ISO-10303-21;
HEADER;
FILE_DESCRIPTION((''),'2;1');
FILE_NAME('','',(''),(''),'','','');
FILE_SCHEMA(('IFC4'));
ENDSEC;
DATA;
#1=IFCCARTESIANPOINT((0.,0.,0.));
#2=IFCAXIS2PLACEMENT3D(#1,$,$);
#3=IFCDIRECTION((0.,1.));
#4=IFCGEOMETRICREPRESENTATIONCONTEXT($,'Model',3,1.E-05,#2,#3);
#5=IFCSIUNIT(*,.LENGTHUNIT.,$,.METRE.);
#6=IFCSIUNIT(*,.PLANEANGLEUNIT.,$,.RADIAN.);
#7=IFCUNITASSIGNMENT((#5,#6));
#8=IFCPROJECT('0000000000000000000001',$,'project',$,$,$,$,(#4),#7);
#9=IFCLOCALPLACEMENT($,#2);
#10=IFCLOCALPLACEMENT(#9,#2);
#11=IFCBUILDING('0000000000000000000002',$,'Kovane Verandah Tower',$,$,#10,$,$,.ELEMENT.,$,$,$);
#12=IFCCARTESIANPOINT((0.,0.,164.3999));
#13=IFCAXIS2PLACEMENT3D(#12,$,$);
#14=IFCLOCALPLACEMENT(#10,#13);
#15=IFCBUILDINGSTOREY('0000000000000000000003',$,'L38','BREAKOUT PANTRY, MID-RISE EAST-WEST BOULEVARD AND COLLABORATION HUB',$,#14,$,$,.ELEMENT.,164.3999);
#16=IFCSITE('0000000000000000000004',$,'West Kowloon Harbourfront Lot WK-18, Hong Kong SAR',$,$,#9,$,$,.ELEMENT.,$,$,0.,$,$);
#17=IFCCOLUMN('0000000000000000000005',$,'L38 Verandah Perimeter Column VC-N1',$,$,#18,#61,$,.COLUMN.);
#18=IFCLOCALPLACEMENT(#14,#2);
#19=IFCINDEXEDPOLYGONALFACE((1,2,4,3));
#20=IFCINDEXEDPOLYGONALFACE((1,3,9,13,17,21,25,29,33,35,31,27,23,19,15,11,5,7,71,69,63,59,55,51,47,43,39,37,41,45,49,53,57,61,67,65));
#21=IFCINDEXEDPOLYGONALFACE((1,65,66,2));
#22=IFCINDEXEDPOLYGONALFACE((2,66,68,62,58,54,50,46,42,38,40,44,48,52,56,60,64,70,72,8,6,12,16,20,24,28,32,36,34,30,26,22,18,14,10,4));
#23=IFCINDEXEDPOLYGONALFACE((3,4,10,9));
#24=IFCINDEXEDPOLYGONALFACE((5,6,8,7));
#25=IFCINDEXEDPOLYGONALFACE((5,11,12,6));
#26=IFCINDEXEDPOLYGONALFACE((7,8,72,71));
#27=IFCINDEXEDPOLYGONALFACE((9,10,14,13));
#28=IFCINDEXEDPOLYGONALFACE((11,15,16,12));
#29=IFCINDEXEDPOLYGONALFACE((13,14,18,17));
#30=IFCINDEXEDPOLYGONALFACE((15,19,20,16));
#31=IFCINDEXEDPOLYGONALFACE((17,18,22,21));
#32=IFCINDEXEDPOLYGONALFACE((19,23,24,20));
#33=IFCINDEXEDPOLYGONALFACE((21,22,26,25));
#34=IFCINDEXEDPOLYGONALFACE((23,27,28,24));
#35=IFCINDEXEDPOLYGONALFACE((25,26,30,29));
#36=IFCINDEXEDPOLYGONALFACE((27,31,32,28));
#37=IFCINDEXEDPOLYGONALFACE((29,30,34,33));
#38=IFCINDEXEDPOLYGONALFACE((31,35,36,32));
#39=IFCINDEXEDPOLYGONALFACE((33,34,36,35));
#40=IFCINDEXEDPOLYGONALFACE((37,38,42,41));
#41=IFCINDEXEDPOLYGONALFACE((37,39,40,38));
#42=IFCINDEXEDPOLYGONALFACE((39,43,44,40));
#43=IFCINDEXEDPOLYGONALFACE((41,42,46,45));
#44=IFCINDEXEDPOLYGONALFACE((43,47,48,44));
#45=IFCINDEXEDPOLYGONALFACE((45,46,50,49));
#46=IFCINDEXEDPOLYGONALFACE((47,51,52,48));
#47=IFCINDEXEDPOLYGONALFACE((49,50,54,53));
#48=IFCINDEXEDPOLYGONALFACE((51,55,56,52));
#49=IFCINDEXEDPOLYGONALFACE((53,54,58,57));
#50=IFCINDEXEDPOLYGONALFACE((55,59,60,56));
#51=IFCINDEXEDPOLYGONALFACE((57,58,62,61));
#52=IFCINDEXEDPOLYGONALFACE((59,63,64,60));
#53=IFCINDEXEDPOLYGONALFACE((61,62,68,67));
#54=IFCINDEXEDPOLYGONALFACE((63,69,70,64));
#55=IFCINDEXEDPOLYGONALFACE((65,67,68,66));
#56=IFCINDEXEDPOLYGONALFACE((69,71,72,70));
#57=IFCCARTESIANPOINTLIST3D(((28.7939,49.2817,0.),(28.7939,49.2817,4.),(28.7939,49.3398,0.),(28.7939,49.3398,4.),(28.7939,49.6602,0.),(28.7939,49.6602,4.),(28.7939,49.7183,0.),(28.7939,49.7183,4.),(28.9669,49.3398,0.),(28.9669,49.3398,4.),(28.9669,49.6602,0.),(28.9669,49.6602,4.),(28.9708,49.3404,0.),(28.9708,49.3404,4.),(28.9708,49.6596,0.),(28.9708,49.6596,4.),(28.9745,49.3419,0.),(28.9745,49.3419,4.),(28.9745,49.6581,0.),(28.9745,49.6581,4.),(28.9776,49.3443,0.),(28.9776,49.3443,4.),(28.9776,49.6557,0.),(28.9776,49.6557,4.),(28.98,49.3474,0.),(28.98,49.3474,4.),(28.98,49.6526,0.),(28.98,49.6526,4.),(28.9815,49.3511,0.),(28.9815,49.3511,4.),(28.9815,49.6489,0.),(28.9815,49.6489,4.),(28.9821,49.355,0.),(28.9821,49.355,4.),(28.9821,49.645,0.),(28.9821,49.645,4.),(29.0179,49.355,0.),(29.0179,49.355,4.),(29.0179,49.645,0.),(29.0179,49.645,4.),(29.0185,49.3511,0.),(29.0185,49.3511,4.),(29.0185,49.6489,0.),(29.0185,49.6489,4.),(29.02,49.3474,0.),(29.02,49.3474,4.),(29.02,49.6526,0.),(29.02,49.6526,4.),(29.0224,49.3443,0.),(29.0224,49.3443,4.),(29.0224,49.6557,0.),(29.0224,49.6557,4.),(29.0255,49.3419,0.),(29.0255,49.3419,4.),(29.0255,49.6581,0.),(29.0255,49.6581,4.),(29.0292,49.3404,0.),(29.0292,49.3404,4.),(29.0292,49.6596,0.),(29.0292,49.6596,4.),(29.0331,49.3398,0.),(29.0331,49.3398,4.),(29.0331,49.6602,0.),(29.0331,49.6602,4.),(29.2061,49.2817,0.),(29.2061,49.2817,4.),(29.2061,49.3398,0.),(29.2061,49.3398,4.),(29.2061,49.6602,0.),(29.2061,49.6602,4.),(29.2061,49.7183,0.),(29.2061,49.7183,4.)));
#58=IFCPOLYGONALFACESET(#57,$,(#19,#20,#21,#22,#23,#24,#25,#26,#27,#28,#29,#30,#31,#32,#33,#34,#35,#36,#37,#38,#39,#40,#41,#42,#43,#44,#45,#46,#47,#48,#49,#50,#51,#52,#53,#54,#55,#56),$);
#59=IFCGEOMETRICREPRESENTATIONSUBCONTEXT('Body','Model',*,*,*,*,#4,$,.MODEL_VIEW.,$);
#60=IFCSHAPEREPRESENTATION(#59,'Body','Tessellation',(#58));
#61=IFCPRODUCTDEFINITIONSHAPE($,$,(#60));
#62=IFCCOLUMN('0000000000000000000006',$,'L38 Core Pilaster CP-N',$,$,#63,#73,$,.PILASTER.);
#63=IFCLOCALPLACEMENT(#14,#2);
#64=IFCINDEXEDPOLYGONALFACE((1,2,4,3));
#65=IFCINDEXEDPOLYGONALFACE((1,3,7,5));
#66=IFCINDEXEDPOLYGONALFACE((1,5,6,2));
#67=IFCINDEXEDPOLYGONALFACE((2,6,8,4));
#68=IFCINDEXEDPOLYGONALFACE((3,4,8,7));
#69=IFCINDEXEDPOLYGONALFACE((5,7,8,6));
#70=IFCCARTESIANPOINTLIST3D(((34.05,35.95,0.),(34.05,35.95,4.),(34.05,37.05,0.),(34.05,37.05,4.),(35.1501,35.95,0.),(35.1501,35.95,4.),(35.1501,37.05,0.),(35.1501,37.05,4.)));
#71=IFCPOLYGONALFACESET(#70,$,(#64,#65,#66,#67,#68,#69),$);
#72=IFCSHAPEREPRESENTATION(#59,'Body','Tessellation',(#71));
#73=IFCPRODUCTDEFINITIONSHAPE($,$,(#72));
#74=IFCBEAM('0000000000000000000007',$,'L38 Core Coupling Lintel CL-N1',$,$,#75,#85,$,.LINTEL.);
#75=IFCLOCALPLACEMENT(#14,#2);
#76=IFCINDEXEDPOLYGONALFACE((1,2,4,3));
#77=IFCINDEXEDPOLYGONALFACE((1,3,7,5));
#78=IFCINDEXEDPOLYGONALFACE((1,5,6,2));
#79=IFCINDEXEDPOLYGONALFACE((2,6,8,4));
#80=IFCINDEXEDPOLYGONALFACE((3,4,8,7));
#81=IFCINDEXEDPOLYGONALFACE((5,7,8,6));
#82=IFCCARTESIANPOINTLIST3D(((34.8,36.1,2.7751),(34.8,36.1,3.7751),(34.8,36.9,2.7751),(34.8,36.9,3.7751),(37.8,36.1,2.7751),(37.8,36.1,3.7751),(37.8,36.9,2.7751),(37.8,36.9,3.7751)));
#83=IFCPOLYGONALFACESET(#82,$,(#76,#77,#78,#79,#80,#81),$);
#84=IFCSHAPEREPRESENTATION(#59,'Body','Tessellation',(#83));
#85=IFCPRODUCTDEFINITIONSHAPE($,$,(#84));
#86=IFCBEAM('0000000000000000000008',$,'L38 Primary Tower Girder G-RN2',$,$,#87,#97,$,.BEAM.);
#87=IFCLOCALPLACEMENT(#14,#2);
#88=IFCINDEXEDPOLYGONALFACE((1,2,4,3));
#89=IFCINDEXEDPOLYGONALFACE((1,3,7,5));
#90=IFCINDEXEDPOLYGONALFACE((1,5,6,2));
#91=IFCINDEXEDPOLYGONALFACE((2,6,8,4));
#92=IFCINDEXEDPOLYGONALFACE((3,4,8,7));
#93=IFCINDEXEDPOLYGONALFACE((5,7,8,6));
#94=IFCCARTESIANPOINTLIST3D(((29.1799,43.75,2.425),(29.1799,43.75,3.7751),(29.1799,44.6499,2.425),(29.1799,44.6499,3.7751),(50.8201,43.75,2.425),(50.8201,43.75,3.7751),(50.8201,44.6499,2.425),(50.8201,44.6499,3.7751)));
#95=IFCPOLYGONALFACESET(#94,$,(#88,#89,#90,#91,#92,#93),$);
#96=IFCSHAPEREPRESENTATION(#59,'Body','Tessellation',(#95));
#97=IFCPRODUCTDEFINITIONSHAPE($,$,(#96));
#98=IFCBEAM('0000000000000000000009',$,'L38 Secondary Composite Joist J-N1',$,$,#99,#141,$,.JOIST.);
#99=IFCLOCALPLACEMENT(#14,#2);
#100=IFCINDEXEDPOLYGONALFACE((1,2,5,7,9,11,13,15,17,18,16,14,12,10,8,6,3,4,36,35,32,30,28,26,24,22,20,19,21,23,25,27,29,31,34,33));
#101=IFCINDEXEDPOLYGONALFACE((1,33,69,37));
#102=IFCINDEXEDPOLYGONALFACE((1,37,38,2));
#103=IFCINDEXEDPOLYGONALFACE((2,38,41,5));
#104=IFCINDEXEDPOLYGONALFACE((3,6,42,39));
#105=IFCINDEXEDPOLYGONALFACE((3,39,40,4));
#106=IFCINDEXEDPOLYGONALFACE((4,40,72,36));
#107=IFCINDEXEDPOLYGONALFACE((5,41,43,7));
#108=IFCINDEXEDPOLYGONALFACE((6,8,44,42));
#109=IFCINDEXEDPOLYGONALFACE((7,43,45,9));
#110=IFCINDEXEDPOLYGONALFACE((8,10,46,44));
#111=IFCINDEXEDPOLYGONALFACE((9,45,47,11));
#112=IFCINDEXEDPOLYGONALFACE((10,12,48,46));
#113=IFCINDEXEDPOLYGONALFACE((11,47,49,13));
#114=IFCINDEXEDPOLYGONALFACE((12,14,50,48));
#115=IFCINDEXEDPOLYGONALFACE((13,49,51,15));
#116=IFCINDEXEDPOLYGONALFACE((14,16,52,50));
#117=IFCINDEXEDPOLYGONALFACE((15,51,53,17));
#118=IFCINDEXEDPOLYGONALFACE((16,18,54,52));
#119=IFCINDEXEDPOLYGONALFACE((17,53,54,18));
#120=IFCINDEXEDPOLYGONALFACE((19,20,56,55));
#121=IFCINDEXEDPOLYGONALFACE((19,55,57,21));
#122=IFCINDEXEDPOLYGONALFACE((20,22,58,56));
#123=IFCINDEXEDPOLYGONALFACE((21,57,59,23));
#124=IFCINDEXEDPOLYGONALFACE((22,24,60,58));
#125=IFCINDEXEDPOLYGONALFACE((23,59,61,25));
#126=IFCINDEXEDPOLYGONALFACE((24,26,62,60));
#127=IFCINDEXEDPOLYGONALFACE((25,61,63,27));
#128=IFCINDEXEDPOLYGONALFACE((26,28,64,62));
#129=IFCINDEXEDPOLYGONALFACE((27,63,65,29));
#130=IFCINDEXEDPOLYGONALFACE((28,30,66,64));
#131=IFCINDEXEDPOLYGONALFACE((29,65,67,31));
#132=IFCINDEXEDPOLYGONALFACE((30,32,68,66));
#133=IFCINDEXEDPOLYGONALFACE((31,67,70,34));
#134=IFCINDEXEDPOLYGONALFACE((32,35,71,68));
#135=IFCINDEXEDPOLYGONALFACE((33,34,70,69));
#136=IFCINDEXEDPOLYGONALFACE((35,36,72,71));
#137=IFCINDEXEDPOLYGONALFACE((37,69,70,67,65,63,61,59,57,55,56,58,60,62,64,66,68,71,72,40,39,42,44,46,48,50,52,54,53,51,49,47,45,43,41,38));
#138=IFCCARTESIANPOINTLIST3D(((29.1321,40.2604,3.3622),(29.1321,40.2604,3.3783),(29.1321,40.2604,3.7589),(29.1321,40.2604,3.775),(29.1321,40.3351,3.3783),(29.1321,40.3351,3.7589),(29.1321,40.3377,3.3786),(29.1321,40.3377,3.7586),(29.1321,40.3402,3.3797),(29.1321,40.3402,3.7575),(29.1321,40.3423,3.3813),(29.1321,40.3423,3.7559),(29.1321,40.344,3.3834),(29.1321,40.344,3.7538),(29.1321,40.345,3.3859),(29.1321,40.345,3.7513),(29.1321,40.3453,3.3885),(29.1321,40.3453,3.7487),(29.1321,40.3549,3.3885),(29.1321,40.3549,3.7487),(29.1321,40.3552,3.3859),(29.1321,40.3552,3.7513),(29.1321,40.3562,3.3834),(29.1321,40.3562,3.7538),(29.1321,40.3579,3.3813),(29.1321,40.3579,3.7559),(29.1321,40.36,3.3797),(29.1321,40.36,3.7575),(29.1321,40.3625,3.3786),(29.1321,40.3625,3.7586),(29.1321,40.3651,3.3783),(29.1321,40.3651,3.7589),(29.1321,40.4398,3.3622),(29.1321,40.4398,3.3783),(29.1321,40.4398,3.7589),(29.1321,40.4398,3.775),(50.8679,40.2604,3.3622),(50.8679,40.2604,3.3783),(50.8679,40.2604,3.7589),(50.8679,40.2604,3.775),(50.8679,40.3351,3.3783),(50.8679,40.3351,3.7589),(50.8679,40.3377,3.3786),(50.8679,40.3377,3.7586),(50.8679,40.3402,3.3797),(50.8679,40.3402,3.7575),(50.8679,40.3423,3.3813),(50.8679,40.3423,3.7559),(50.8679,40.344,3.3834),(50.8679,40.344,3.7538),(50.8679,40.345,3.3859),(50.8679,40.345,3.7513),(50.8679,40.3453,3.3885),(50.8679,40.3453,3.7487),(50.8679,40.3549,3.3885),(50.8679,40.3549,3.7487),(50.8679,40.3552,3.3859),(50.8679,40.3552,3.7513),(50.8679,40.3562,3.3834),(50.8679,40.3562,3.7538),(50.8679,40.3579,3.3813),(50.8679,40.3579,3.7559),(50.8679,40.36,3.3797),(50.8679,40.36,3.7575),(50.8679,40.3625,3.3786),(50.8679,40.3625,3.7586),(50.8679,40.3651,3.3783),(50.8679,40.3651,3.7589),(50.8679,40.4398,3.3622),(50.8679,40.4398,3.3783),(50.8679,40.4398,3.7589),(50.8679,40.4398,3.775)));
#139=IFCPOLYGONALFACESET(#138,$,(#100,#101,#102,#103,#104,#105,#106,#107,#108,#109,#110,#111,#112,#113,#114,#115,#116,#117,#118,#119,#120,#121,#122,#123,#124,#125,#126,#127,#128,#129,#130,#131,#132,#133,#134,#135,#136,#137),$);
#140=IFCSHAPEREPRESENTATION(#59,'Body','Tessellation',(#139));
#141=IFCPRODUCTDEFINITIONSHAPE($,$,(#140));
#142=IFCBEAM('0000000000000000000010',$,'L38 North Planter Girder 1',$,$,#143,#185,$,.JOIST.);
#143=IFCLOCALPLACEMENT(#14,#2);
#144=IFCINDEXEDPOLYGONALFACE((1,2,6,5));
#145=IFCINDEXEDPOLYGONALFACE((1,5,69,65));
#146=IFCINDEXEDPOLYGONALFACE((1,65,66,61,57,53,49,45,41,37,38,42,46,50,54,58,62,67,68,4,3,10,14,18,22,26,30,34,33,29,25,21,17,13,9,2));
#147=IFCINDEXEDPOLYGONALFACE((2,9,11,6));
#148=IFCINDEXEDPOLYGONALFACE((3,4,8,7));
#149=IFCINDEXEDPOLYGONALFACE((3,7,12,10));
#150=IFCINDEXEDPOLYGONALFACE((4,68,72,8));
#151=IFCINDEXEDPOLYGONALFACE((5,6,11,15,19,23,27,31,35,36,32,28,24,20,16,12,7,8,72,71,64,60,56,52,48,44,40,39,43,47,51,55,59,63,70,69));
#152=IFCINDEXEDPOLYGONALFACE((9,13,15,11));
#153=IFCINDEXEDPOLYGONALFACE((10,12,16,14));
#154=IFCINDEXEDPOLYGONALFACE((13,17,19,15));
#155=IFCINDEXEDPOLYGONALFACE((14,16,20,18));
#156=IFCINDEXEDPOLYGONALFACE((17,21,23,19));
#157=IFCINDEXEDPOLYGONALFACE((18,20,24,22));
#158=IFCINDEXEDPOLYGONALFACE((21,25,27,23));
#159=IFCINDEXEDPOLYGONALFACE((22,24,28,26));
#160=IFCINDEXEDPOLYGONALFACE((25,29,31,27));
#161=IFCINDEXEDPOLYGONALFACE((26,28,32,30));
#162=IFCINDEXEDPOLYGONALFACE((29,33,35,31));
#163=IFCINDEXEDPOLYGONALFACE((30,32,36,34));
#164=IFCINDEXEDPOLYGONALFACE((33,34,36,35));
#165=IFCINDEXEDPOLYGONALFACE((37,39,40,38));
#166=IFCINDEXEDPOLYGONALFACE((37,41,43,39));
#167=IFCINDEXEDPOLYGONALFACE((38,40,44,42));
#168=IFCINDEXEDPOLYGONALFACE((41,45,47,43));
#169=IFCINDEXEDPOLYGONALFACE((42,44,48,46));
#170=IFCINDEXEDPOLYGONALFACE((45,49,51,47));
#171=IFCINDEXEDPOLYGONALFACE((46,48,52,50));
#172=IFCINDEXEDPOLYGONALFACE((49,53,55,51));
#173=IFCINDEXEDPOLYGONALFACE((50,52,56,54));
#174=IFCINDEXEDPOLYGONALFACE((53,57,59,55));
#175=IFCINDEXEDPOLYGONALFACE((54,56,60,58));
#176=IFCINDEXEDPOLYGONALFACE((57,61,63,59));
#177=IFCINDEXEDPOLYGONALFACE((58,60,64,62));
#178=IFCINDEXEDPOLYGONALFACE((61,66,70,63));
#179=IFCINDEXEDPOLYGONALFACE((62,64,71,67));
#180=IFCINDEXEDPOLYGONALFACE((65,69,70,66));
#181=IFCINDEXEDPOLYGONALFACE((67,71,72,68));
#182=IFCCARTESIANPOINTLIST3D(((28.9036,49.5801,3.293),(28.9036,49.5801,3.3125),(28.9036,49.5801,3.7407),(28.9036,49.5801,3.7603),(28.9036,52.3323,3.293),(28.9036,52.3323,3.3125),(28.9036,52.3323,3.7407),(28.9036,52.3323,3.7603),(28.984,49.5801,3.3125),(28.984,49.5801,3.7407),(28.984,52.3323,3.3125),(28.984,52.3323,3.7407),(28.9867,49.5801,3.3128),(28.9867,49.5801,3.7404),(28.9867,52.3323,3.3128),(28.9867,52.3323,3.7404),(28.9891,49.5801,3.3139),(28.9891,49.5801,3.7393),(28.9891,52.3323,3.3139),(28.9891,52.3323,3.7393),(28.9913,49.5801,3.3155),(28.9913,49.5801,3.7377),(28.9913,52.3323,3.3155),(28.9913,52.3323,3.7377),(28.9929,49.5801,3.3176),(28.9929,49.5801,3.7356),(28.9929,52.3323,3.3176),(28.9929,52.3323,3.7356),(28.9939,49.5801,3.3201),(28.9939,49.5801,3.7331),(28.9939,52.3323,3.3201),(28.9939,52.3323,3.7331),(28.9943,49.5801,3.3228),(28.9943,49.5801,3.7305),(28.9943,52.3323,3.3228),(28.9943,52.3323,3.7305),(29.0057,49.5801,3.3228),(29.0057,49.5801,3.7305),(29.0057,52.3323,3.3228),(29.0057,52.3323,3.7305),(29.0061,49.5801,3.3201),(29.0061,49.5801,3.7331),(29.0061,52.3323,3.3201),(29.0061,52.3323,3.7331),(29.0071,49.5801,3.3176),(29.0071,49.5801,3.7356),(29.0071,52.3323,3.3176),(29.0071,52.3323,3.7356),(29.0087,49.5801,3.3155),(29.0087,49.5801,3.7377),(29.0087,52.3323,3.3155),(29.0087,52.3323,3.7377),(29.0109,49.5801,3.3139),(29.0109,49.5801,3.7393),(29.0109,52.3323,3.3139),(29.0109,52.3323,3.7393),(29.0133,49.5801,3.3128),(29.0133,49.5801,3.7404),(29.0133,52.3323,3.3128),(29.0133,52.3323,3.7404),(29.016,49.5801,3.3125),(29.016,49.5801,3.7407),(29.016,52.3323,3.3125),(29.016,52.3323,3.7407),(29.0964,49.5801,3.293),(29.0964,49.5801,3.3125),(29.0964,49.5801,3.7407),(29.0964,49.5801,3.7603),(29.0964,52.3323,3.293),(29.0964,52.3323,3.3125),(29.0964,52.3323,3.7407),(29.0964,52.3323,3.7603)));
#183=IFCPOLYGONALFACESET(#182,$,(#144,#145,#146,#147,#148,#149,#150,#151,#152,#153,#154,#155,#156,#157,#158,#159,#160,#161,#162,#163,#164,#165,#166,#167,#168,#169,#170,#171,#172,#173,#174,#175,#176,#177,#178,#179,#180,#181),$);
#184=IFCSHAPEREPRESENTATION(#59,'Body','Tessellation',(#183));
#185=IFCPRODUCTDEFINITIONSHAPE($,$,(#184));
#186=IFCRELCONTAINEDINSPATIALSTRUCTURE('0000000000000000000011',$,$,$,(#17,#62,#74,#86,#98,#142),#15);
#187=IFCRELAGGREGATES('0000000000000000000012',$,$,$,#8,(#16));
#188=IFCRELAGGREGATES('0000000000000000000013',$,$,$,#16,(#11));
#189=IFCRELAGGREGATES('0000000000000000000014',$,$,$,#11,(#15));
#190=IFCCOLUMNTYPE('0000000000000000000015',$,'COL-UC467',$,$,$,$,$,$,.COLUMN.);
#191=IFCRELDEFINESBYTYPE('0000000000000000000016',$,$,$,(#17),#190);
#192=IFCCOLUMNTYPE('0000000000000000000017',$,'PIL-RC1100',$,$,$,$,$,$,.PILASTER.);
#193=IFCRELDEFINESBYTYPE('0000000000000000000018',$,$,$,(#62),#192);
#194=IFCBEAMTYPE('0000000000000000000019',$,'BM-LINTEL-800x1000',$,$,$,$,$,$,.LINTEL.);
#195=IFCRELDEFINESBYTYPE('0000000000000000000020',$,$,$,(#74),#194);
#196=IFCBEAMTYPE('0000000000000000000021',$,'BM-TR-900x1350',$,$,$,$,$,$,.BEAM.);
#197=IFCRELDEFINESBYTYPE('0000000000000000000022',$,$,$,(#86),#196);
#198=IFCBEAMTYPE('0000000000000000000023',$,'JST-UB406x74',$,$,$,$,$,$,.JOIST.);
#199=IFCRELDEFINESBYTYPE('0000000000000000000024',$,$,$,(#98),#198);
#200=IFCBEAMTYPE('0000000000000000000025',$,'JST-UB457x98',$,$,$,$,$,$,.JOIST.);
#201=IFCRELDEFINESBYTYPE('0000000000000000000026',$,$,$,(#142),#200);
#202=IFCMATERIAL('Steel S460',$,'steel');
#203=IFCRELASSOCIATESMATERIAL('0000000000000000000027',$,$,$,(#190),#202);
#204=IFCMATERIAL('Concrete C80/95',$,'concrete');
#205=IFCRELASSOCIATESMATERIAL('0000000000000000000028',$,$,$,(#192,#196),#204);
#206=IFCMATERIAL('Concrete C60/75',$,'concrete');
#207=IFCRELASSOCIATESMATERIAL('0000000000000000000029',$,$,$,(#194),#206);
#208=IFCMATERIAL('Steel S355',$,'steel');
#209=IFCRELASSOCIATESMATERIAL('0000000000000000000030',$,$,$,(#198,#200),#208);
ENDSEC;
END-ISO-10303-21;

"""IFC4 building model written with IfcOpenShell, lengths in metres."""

from ifc_helpers import new_model, si_unit, direction, frame, origin, origin_2d, place, context, subcontext, project, spatial, rectangle, i_section, extrude, material, material_profile, profile_set, type_object, element, save


model = new_model("IFC4")

# Units and contexts
model_context = context("Model", 3, precision=1e-05, world=origin(), true_north=direction((0.0, 1.0)))
body_context = subcontext(model_context, "Body", "Model", "MODEL_VIEW")
ifc_project = project(units=[si_unit("LENGTHUNIT", "METRE"), si_unit("PLANEANGLEUNIT", "RADIAN")], contexts=[model_context])

# Site, building, storey
site_placement = place(None, origin())
site = spatial("IfcSite", under=ifc_project, at=site_placement, Name="West Kowloon Harbourfront Lot WK-18, Hong Kong SAR", CompositionType="ELEMENT", RefElevation=0.0)
building_placement = place(site_placement, origin())
building = spatial("IfcBuilding", under=site, at=building_placement, Name="Kovane Verandah Tower", CompositionType="ELEMENT")
storey_placement = place(building_placement, frame((0.0, 0.0, 164.3999)))
storey = spatial("IfcBuildingStorey", under=building, at=storey_placement, Name="L38", Description="BREAKOUT PANTRY, MID-RISE EAST-WEST BOULEVARD AND COLLABORATION HUB", CompositionType="ELEMENT", Elevation=164.3999)

# Columns
ifc_material_1 = material(Name="Steel S460", Category="steel")
ifc_material_profile_1 = material_profile(ifc_material_1, i_section(OverallWidth=0.4121, OverallDepth=0.4365, WebThickness=0.0359, FlangeThickness=0.0581, FilletRadius=0.0151, at=origin_2d()), Name="UC356x406x467")
ifc_profile_set_1 = profile_set([ifc_material_profile_1], Name="Steel S460")
column_type_1 = type_object("IfcColumnType", Name="COL-UC467", PredefinedType="COLUMN", material=ifc_profile_set_1)
column_1_placement = place(storey_placement, frame((29.0, 49.5, 0.0), z_axis=(0.0, 0.0, 1.0), x_axis=(1.0, 0.0, 0.0)))
element("IfcColumn", 1, at=column_1_placement, inside=storey, type_object=column_type_1, Name="L38 Verandah Perimeter Column VC-N1", PredefinedType="COLUMN", context=body_context, shape_type="SweptSolid", body=[
    extrude(i_section(OverallWidth=0.4121, OverallDepth=0.4365, WebThickness=0.0359, FlangeThickness=0.0581, FilletRadius=0.0151, at=origin_2d()), origin(), (0.0, 0.0, 1.0), 4.0),
])
ifc_material_2 = material(Name="Concrete C80/95", Category="concrete")
ifc_material_profile_2 = material_profile(ifc_material_2, rectangle(XDim=1.1001, YDim=1.1001, at=origin_2d()), Name="RC1100x1100")
ifc_profile_set_2 = profile_set([ifc_material_profile_2], Name="Concrete C80/95")
column_type_2 = type_object("IfcColumnType", Name="PIL-RC1100", PredefinedType="PILASTER", material=ifc_profile_set_2)
column_2_placement = place(storey_placement, frame((34.6001, 36.5, 0.0), z_axis=(0.0, 0.0, 1.0), x_axis=(1.0, 0.0, 0.0)))
element("IfcColumn", 2, at=column_2_placement, inside=storey, type_object=column_type_2, Name="L38 Core Pilaster CP-N", PredefinedType="PILASTER", context=body_context, shape_type="SweptSolid", body=[
    extrude(rectangle(XDim=1.1001, YDim=1.1001, at=origin_2d()), origin(), (0.0, 0.0, 1.0), 4.0),
])

# Beams
ifc_material_3 = material(Name="Concrete C60/75", Category="concrete")
ifc_material_profile_3 = material_profile(ifc_material_3, rectangle(XDim=0.8, YDim=1.0, at=origin_2d()), Name="RCB800x1000")
ifc_profile_set_3 = profile_set([ifc_material_profile_3], Name="Concrete C60/75")
beam_type_1 = type_object("IfcBeamType", Name="BM-LINTEL-800x1000", PredefinedType="LINTEL", material=ifc_profile_set_3)
beam_1_placement = place(storey_placement, frame((34.8, 36.5, 3.2751), z_axis=(1.0, 0.0, 0.0), x_axis=(0.0, 1.0, 0.0)))
element("IfcBeam", 3, at=beam_1_placement, inside=storey, type_object=beam_type_1, Name="L38 Core Coupling Lintel CL-N1", PredefinedType="LINTEL", context=body_context, shape_type="SweptSolid", body=[
    extrude(rectangle(XDim=0.8, YDim=1.0, at=origin_2d()), origin(), (0.0, 0.0, 1.0), 3.0),
])
ifc_material_profile_4 = material_profile(ifc_material_2, rectangle(XDim=0.8999, YDim=1.3501, at=origin_2d()), Name="RCB900x1350")
ifc_profile_set_4 = profile_set([ifc_material_profile_4], Name="Concrete C80/95")
beam_type_2 = type_object("IfcBeamType", Name="BM-TR-900x1350", PredefinedType="BEAM", material=ifc_profile_set_4)
beam_2_placement = place(storey_placement, frame((29.1799, 44.2, 3.1001), z_axis=(1.0, 0.0, 0.0), x_axis=(0.0, 1.0, 0.0)))
element("IfcBeam", 4, at=beam_2_placement, inside=storey, type_object=beam_type_2, Name="L38 Primary Tower Girder G-RN2", PredefinedType="BEAM", context=body_context, shape_type="SweptSolid", body=[
    extrude(rectangle(XDim=0.8999, YDim=1.3501, at=origin_2d()), origin(), (0.0, 0.0, 1.0), 21.6401),
])
ifc_material_4 = material(Name="Steel S355", Category="steel")
ifc_material_profile_5 = material_profile(ifc_material_4, i_section(OverallWidth=0.1794, OverallDepth=0.4128, WebThickness=0.0095, FlangeThickness=0.0161, FilletRadius=0.0103, at=origin_2d()), Name="UB406x178x74")
ifc_profile_set_5 = profile_set([ifc_material_profile_5], Name="Steel S355")
beam_type_3 = type_object("IfcBeamType", Name="JST-UB406x74", PredefinedType="JOIST", material=ifc_profile_set_5)
beam_3_placement = place(storey_placement, frame((29.1321, 40.3501, 3.5686), z_axis=(1.0, 0.0, 0.0), x_axis=(0.0, 1.0, 0.0)))
element("IfcBeam", 5, at=beam_3_placement, inside=storey, type_object=beam_type_3, Name="L38 Secondary Composite Joist J-N1", PredefinedType="JOIST", context=body_context, shape_type="SweptSolid", body=[
    extrude(i_section(OverallWidth=0.1794, OverallDepth=0.4128, WebThickness=0.0095, FlangeThickness=0.0161, FilletRadius=0.0103, at=origin_2d()), origin(), (0.0, 0.0, 1.0), 21.7358),
])
ifc_material_profile_6 = material_profile(ifc_material_4, i_section(OverallWidth=0.1929, OverallDepth=0.4673, WebThickness=0.0115, FlangeThickness=0.0195, FilletRadius=0.0103, at=origin_2d()), Name="UB457x191x98")
ifc_profile_set_6 = profile_set([ifc_material_profile_6], Name="Steel S355")
beam_type_4 = type_object("IfcBeamType", Name="JST-UB457x98", PredefinedType="JOIST", material=ifc_profile_set_6)
beam_4_placement = place(storey_placement, frame((29.0, 49.5801, 3.5266), z_axis=(0.0, 1.0, 0.0), x_axis=(-1.0, 0.0, 0.0)))
element("IfcBeam", 6, at=beam_4_placement, inside=storey, type_object=beam_type_4, Name="L38 North Planter Girder 1", PredefinedType="JOIST", context=body_context, shape_type="SweptSolid", body=[
    extrude(i_section(OverallWidth=0.1929, OverallDepth=0.4673, WebThickness=0.0115, FlangeThickness=0.0195, FilletRadius=0.0103, at=origin_2d()), origin(), (0.0, 0.0, 1.0), 2.7522),
])

save(model, "model.ifc")
